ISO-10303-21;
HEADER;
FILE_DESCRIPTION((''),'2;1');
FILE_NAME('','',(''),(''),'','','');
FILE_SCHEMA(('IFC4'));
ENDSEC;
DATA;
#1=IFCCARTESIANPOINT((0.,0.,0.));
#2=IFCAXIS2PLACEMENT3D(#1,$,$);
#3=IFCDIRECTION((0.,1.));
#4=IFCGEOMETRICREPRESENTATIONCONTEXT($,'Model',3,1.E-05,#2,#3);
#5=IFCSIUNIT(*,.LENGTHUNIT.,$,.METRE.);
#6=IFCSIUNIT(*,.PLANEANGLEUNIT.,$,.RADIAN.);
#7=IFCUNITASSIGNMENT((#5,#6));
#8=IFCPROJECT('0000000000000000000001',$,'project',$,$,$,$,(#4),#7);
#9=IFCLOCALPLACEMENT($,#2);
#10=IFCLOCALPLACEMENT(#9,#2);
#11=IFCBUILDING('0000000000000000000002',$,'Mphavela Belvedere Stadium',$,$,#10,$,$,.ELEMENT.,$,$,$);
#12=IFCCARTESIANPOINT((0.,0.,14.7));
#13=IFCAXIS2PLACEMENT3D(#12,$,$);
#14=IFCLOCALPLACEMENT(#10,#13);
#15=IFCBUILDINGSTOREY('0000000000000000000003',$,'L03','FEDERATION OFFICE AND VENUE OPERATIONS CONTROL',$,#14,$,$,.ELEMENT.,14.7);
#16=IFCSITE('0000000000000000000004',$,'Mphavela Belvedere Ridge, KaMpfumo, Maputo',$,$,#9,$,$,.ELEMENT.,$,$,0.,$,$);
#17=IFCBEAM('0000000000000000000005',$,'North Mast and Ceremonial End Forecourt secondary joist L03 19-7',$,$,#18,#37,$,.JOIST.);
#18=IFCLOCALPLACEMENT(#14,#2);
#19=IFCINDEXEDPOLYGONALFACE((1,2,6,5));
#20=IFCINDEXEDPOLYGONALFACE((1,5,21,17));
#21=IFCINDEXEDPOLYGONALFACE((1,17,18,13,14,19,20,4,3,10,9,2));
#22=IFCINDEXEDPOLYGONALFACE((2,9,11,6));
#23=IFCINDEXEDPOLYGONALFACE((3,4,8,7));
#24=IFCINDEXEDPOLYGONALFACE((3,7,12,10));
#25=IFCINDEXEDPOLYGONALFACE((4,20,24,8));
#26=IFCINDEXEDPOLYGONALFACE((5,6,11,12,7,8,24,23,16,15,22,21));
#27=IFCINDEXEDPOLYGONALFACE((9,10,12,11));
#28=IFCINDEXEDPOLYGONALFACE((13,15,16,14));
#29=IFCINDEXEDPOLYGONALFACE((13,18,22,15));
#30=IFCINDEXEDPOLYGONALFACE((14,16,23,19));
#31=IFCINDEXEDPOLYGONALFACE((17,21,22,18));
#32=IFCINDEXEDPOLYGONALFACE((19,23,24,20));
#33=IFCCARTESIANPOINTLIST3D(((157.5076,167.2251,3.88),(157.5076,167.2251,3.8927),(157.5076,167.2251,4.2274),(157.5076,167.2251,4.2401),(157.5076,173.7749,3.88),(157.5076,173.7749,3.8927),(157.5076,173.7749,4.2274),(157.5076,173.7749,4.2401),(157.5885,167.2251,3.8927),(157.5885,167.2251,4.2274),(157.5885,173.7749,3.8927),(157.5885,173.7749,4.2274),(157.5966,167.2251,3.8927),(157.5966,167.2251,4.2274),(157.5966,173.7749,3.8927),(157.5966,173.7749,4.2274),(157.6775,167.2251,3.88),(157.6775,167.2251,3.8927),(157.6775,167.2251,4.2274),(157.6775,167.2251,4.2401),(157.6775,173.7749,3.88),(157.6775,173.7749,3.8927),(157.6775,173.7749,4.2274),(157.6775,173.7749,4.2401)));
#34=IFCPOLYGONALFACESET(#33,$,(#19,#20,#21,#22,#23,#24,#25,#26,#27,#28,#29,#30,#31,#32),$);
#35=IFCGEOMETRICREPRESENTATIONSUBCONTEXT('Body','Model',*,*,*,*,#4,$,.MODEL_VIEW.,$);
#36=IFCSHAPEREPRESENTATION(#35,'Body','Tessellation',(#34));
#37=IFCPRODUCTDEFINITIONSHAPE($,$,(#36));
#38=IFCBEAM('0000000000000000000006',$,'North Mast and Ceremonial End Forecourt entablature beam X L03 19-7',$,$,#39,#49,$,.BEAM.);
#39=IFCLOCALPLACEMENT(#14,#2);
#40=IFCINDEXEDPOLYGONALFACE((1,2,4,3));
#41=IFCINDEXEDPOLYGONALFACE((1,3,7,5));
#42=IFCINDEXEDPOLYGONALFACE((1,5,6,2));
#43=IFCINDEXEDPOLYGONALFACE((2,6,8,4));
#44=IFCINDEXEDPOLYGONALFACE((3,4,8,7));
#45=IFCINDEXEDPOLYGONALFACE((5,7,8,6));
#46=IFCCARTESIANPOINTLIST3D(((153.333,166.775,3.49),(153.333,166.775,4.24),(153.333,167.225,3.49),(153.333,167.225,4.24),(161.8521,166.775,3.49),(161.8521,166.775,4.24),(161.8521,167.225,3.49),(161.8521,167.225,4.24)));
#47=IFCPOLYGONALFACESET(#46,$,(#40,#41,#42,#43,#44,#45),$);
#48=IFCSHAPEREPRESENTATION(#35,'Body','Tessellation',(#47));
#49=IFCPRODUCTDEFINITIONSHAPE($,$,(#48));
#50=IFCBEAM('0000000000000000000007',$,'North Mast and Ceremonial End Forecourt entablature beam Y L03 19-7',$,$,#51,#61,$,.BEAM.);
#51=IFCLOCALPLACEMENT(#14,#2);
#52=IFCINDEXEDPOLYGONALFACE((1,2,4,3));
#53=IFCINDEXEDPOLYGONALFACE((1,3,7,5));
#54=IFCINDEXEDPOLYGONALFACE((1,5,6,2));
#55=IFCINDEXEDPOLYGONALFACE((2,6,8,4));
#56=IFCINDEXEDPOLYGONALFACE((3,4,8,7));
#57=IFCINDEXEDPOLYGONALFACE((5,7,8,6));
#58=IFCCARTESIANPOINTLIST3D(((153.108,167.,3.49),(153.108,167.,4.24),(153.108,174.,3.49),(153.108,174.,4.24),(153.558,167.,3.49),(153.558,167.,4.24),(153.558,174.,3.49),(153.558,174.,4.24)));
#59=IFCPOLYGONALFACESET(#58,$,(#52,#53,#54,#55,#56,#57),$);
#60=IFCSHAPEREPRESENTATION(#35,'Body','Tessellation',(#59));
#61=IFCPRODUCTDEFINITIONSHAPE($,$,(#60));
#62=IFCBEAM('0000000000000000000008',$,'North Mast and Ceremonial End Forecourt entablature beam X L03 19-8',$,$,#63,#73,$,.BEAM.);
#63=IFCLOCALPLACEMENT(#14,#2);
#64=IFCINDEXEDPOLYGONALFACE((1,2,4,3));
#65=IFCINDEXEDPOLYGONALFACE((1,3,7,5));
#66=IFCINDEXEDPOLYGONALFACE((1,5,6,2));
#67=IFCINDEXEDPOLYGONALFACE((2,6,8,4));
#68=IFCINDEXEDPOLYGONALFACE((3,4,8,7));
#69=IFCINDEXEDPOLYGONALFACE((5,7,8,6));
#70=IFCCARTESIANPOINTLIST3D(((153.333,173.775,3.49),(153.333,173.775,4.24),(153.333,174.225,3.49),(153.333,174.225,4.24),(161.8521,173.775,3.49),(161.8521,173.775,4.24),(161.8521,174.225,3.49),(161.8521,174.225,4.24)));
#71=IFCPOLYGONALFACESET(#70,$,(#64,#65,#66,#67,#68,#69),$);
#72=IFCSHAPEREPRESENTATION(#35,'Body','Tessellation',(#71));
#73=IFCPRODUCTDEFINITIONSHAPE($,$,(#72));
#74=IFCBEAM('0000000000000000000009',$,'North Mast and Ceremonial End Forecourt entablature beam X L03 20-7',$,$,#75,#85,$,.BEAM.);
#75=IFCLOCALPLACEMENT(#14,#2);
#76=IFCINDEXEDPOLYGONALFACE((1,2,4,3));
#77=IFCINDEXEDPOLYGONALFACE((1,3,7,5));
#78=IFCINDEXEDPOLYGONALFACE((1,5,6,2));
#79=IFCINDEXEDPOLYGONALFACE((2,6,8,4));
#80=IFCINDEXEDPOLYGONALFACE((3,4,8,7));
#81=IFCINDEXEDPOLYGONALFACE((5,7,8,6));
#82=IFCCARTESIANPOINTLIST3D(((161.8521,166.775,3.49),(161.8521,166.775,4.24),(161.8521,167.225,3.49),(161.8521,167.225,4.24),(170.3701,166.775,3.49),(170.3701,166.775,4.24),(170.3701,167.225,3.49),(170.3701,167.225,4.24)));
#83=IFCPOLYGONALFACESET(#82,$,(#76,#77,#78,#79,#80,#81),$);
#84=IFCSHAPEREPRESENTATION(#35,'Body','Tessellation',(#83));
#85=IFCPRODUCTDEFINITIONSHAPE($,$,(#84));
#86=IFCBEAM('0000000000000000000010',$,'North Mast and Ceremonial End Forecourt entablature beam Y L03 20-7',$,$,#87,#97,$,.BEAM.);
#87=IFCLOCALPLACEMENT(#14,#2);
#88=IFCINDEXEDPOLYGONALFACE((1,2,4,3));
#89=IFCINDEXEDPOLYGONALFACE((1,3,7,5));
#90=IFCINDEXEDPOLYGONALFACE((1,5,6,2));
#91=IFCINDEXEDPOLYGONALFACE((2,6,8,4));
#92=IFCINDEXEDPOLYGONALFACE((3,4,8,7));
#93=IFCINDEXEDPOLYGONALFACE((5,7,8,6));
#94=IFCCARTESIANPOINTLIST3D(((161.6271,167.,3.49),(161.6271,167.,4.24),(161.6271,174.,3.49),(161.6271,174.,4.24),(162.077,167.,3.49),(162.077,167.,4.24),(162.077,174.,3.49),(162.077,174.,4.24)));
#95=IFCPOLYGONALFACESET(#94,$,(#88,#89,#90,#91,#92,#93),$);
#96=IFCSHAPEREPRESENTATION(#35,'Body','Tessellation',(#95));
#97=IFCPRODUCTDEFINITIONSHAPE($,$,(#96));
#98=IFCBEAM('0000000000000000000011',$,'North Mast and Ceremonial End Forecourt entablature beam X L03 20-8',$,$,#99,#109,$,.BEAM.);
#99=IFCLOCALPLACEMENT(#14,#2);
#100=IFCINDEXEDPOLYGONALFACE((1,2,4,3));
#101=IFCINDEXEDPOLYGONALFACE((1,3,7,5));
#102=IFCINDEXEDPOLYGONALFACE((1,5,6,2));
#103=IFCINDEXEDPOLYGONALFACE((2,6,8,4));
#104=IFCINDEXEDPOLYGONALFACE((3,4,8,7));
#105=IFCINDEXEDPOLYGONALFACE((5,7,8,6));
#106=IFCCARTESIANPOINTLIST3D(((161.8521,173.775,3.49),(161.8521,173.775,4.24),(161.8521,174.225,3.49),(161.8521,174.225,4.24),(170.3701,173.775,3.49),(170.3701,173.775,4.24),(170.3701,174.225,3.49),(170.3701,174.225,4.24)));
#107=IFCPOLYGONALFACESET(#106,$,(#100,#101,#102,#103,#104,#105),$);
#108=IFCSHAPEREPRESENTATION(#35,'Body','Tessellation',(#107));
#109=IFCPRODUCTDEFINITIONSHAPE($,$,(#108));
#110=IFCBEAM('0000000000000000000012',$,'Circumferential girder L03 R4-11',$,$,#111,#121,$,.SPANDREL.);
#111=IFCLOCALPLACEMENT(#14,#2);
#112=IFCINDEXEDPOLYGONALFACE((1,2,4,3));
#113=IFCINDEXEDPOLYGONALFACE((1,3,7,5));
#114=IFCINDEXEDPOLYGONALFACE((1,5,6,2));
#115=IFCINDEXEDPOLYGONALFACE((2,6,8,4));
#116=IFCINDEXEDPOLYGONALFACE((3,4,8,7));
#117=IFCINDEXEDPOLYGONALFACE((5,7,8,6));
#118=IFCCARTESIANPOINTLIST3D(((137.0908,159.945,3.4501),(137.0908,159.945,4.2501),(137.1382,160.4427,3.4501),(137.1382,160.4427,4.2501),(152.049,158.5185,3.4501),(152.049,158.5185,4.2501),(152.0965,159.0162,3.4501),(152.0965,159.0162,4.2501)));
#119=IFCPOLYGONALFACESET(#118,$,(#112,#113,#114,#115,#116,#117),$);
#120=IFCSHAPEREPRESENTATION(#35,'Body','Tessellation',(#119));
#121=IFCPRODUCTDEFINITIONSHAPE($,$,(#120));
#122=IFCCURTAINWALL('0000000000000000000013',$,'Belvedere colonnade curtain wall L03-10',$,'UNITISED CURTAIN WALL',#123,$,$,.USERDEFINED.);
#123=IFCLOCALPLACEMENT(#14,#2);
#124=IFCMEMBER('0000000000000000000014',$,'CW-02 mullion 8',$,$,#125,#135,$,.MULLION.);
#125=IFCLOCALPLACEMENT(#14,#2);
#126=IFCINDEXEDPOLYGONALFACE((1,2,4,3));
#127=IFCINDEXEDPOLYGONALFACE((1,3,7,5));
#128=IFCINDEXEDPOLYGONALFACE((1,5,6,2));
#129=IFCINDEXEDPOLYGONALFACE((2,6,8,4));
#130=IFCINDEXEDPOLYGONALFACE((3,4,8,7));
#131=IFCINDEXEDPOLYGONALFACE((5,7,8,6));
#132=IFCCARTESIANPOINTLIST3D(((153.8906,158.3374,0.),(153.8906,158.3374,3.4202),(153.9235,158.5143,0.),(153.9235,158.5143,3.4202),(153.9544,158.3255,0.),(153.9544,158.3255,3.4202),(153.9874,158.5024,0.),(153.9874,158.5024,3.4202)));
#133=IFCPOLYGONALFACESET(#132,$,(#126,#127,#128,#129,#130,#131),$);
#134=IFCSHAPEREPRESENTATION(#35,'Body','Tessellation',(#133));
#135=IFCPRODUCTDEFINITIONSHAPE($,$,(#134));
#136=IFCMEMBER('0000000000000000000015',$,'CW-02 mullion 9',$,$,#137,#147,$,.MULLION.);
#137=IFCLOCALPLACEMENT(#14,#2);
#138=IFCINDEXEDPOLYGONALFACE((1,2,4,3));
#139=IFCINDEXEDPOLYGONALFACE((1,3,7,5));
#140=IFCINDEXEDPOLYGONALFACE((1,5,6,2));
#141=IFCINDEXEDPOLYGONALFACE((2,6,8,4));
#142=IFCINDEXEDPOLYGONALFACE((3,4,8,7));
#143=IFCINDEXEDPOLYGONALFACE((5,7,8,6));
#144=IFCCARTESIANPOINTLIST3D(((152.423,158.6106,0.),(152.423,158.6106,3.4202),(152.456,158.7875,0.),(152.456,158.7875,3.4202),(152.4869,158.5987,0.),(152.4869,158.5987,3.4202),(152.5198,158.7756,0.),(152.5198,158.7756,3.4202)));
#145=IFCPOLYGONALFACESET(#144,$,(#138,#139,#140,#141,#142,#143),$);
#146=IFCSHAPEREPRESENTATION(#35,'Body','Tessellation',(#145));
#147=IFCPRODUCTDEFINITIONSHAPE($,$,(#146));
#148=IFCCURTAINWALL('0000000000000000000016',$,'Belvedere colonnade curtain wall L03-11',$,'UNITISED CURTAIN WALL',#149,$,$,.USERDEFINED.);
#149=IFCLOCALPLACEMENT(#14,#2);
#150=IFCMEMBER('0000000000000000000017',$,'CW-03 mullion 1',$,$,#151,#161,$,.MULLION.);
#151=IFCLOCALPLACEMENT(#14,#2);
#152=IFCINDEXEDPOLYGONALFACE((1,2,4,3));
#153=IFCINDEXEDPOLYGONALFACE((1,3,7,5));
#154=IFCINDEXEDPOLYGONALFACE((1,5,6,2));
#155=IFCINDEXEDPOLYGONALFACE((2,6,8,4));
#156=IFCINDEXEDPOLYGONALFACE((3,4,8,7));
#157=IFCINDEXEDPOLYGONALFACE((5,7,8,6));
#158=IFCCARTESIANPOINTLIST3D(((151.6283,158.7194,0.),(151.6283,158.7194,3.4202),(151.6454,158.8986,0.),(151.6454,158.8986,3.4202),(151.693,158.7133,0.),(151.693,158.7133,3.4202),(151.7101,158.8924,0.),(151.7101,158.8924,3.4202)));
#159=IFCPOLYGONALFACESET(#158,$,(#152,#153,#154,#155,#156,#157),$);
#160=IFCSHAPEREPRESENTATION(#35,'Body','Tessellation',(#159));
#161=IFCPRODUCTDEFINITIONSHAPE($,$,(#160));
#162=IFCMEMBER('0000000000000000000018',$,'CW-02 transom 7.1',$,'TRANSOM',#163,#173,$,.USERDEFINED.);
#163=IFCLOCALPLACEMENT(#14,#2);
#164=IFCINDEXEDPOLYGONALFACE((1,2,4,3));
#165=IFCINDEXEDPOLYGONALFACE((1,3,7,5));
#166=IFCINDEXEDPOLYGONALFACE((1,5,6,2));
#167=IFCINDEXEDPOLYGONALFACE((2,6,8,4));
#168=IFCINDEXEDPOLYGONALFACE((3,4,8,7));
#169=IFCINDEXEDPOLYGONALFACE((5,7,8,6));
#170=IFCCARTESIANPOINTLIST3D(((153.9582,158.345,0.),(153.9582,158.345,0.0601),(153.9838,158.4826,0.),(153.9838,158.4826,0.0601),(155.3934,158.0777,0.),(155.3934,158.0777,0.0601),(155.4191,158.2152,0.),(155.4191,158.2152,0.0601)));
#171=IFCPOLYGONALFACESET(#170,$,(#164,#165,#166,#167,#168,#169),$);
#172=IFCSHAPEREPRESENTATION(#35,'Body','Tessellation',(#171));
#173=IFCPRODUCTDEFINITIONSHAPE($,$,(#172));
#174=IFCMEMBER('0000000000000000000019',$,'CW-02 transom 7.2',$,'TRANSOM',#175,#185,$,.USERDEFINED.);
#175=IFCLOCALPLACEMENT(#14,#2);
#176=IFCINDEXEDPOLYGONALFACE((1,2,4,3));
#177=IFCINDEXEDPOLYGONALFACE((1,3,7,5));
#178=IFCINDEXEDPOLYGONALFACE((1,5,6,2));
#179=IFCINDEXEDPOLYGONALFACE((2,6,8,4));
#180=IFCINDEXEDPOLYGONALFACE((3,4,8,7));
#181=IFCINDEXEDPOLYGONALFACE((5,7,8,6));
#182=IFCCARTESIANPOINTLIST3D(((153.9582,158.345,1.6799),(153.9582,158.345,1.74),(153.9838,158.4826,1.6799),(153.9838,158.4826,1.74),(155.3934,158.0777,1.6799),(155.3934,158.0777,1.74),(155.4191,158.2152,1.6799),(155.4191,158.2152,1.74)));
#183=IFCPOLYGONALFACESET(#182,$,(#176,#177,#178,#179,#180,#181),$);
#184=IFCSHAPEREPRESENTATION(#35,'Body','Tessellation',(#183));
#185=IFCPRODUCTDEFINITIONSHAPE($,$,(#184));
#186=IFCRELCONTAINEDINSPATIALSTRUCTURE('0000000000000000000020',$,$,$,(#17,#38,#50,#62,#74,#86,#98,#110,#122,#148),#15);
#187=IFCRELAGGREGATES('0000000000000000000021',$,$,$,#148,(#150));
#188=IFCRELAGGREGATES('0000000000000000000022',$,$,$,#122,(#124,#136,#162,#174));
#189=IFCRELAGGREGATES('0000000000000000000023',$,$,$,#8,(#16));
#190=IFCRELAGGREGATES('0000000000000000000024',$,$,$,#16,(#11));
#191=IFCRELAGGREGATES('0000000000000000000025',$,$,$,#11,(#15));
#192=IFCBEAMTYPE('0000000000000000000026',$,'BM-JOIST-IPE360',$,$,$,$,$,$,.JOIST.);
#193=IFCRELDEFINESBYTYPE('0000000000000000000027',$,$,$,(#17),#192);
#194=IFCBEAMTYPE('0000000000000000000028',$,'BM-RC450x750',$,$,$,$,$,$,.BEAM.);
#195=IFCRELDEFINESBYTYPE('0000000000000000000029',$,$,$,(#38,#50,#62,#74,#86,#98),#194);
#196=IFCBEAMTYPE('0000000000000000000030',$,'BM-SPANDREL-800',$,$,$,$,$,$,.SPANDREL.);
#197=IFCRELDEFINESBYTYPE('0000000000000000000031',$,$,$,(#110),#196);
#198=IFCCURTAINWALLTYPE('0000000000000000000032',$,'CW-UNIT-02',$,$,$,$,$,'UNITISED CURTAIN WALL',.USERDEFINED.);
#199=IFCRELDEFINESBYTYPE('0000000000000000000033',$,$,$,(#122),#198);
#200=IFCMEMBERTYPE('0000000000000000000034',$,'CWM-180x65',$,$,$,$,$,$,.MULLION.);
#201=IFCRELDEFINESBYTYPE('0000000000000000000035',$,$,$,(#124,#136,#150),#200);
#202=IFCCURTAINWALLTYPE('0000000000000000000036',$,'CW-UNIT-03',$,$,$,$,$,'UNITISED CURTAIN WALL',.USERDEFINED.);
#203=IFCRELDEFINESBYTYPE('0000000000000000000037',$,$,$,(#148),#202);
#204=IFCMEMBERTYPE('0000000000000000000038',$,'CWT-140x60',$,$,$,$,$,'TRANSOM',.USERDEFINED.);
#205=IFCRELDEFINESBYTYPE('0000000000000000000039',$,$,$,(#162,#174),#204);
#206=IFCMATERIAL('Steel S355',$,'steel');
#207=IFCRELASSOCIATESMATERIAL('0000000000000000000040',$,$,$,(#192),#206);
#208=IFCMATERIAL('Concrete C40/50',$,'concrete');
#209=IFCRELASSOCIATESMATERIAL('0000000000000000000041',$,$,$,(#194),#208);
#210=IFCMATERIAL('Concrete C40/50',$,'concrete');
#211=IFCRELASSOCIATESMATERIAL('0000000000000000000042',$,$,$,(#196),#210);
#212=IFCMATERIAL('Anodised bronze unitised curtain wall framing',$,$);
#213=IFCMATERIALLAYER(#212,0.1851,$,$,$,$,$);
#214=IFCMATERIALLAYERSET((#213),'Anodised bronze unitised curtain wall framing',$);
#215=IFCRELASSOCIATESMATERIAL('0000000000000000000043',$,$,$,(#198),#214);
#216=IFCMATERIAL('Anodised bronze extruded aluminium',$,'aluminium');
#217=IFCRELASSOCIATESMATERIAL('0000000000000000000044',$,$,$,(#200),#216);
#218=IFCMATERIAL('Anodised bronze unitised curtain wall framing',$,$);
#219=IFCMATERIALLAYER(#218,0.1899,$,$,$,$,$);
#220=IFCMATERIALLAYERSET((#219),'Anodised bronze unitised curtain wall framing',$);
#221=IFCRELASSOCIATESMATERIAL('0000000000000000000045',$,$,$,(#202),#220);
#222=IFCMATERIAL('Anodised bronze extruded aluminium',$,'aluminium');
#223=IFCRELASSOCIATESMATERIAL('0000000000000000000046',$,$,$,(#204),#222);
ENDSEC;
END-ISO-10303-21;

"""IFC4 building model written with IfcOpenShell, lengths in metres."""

from ifc_helpers import new_model, si_unit, direction, frame, origin, origin_2d, place, context, subcontext, project, spatial, rectangle, i_section, extrude, material, layer, layer_set, material_profile, profile_set, type_object, element, aggregate, save


model = new_model("IFC4")

# Units and contexts
model_context = context("Model", 3, precision=1e-05, world=origin(), true_north=direction((0.0, 1.0)))
body_context = subcontext(model_context, "Body", "Model", "MODEL_VIEW")
ifc_project = project(units=[si_unit("LENGTHUNIT", "METRE"), si_unit("PLANEANGLEUNIT", "RADIAN")], contexts=[model_context])

# Site, building, storey
site_placement = place(None, origin())
site = spatial("IfcSite", under=ifc_project, at=site_placement, Name="Mphavela Belvedere Ridge, KaMpfumo, Maputo", CompositionType="ELEMENT", RefElevation=0.0)
building_placement = place(site_placement, origin())
building = spatial("IfcBuilding", under=site, at=building_placement, Name="Mphavela Belvedere Stadium", CompositionType="ELEMENT")
storey_placement = place(building_placement, frame((0.0, 0.0, 14.7)))
storey = spatial("IfcBuildingStorey", under=building, at=storey_placement, Name="L03", Description="FEDERATION OFFICE AND VENUE OPERATIONS CONTROL", CompositionType="ELEMENT", Elevation=14.7)

# Beams
ifc_material_1 = material(Name="Steel S355", Category="steel")
ifc_material_profile_1 = material_profile(ifc_material_1, i_section(OverallWidth=0.1699, OverallDepth=0.3601, WebThickness=0.0081, FlangeThickness=0.0127, at=origin_2d()), Name="IPE 360")
ifc_profile_set_1 = profile_set([ifc_material_profile_1], Name="Steel S355")
beam_type_1 = type_object("IfcBeamType", Name="BM-JOIST-IPE360", PredefinedType="JOIST", material=ifc_profile_set_1)
beam_1_placement = place(storey_placement, frame((157.5925, 167.2251, 4.0601), z_axis=(0.0, 1.0, 0.0), x_axis=(-1.0, 0.0, 0.0)))
element("IfcBeam", 1, at=beam_1_placement, inside=storey, type_object=beam_type_1, Name="North Mast and Ceremonial End Forecourt secondary joist L03 19-7", PredefinedType="JOIST", context=body_context, shape_type="SweptSolid", body=[
    extrude(i_section(OverallWidth=0.1699, OverallDepth=0.3601, WebThickness=0.0081, FlangeThickness=0.0127, at=origin_2d()), origin(), (0.0, 0.0, 1.0), 6.5498),
])
ifc_material_2 = material(Name="Concrete C40/50", Category="concrete")
ifc_material_profile_2 = material_profile(ifc_material_2, rectangle(XDim=0.45, YDim=0.75, at=origin_2d()), Name="RC 450x750")
ifc_profile_set_2 = profile_set([ifc_material_profile_2], Name="Concrete C40/50")
beam_type_2 = type_object("IfcBeamType", Name="BM-RC450x750", PredefinedType="BEAM", material=ifc_profile_set_2)
beam_2_placement = place(storey_placement, frame((153.333, 167.0, 3.865), z_axis=(1.0, 0.0, 0.0), x_axis=(0.0, 1.0, 0.0)))
element("IfcBeam", 2, at=beam_2_placement, inside=storey, type_object=beam_type_2, Name="North Mast and Ceremonial End Forecourt entablature beam X L03 19-7", PredefinedType="BEAM", context=body_context, shape_type="SweptSolid", body=[
    extrude(rectangle(XDim=0.45, YDim=0.75, at=origin_2d()), origin(), (0.0, 0.0, 1.0), 8.519),
])
beam_3_placement = place(storey_placement, frame((153.333, 167.0, 3.865), z_axis=(0.0, 1.0, 0.0), x_axis=(-1.0, 0.0, 0.0)))
element("IfcBeam", 3, at=beam_3_placement, inside=storey, type_object=beam_type_2, Name="North Mast and Ceremonial End Forecourt entablature beam Y L03 19-7", PredefinedType="BEAM", context=body_context, shape_type="SweptSolid", body=[
    extrude(rectangle(XDim=0.45, YDim=0.75, at=origin_2d()), origin(), (0.0, 0.0, 1.0), 7.0),
])
beam_4_placement = place(storey_placement, frame((153.333, 174.0, 3.865), z_axis=(1.0, 0.0, 0.0), x_axis=(0.0, 1.0, 0.0)))
element("IfcBeam", 4, at=beam_4_placement, inside=storey, type_object=beam_type_2, Name="North Mast and Ceremonial End Forecourt entablature beam X L03 19-8", PredefinedType="BEAM", context=body_context, shape_type="SweptSolid", body=[
    extrude(rectangle(XDim=0.45, YDim=0.75, at=origin_2d()), origin(), (0.0, 0.0, 1.0), 8.519),
])
beam_5_placement = place(storey_placement, frame((161.8521, 167.0, 3.865), z_axis=(1.0, 0.0, 0.0), x_axis=(0.0, 1.0, 0.0)))
element("IfcBeam", 5, at=beam_5_placement, inside=storey, type_object=beam_type_2, Name="North Mast and Ceremonial End Forecourt entablature beam X L03 20-7", PredefinedType="BEAM", context=body_context, shape_type="SweptSolid", body=[
    extrude(rectangle(XDim=0.45, YDim=0.75, at=origin_2d()), origin(), (0.0, 0.0, 1.0), 8.5181),
])
beam_6_placement = place(storey_placement, frame((161.8521, 167.0, 3.865), z_axis=(0.0, 1.0, 0.0), x_axis=(-1.0, 0.0, 0.0)))
element("IfcBeam", 6, at=beam_6_placement, inside=storey, type_object=beam_type_2, Name="North Mast and Ceremonial End Forecourt entablature beam Y L03 20-7", PredefinedType="BEAM", context=body_context, shape_type="SweptSolid", body=[
    extrude(rectangle(XDim=0.45, YDim=0.75, at=origin_2d()), origin(), (0.0, 0.0, 1.0), 7.0),
])
beam_7_placement = place(storey_placement, frame((161.8521, 174.0, 3.865), z_axis=(1.0, 0.0, 0.0), x_axis=(0.0, 1.0, 0.0)))
element("IfcBeam", 7, at=beam_7_placement, inside=storey, type_object=beam_type_2, Name="North Mast and Ceremonial End Forecourt entablature beam X L03 20-8", PredefinedType="BEAM", context=body_context, shape_type="SweptSolid", body=[
    extrude(rectangle(XDim=0.45, YDim=0.75, at=origin_2d()), origin(), (0.0, 0.0, 1.0), 8.5181),
])
ifc_material_3 = material(Name="Concrete C40/50", Category="concrete")
ifc_material_profile_3 = material_profile(ifc_material_3, rectangle(XDim=0.5, YDim=0.8, at=origin_2d()), Name="RC 500x800")
ifc_profile_set_3 = profile_set([ifc_material_profile_3], Name="Concrete C40/50")
beam_type_3 = type_object("IfcBeamType", Name="BM-SPANDREL-800", PredefinedType="SPANDREL", material=ifc_profile_set_3)
beam_8_placement = place(storey_placement, frame((152.0728, 158.7673, 3.8501), z_axis=(-0.995483, 0.094936, 0.0), x_axis=(-0.094936, -0.995483, 0.0)))
element("IfcBeam", 8, at=beam_8_placement, inside=storey, type_object=beam_type_3, Name="Circumferential girder L03 R4-11", PredefinedType="SPANDREL", context=body_context, shape_type="SweptSolid", body=[
    extrude(rectangle(XDim=0.5, YDim=0.8, at=origin_2d()), origin(), (0.0, 0.0, 1.0), 15.0261),
])

# Curtain wall, members
ifc_material_4 = material(Name="Anodised bronze unitised curtain wall framing")
ifc_layer_1 = layer(ifc_material_4, 0.1851)
ifc_layer_set_1 = layer_set([ifc_layer_1], Name="Anodised bronze unitised curtain wall framing")
curtain_wall_type_1 = type_object("IfcCurtainWallType", Name="CW-UNIT-02", ElementType="UNITISED CURTAIN WALL", PredefinedType="USERDEFINED", material=ifc_layer_set_1)
curtain_wall_1_placement = place(storey_placement, origin())
curtain_wall_1 = element("IfcCurtainWall", 9, at=curtain_wall_1_placement, inside=storey, type_object=curtain_wall_type_1, Name="Belvedere colonnade curtain wall L03-10", ObjectType="UNITISED CURTAIN WALL", PredefinedType="USERDEFINED")
ifc_material_5 = material(Name="Anodised bronze extruded aluminium", Category="aluminium")
ifc_material_profile_4 = material_profile(ifc_material_5, rectangle(XDim=0.1799, YDim=0.0649, at=origin_2d()), Name="CW-MUL 180x65")
ifc_profile_set_4 = profile_set([ifc_material_profile_4], Name="Anodised bronze extruded aluminium")
member_type_1 = type_object("IfcMemberType", Name="CWM-180x65", PredefinedType="MULLION", material=ifc_profile_set_4)
member_1_placement = place(storey_placement, frame((153.939, 158.4199, 0.0), z_axis=(0.0, 0.0, 1.0), x_axis=(-0.183088, -0.983097, 0.0)))
member_1 = element("IfcMember", 10, at=member_1_placement, type_object=member_type_1, Name="CW-02 mullion 8", PredefinedType="MULLION", context=body_context, shape_type="SweptSolid", body=[
    extrude(rectangle(XDim=0.1799, YDim=0.0649, at=origin_2d()), origin(), (0.0, 0.0, 1.0), 3.4202),
])
member_2_placement = place(storey_placement, frame((152.4714, 158.6931, 0.0), z_axis=(0.0, 0.0, 1.0), x_axis=(-0.183088, -0.983097, 0.0)))
member_2 = element("IfcMember", 11, at=member_2_placement, type_object=member_type_1, Name="CW-02 mullion 9", PredefinedType="MULLION", context=body_context, shape_type="SweptSolid", body=[
    extrude(rectangle(XDim=0.1799, YDim=0.0649, at=origin_2d()), origin(), (0.0, 0.0, 1.0), 3.4202),
])

# Curtain wall, member
ifc_material_6 = material(Name="Anodised bronze unitised curtain wall framing")
ifc_layer_2 = layer(ifc_material_6, 0.1899)
ifc_layer_set_2 = layer_set([ifc_layer_2], Name="Anodised bronze unitised curtain wall framing")
curtain_wall_type_2 = type_object("IfcCurtainWallType", Name="CW-UNIT-03", ElementType="UNITISED CURTAIN WALL", PredefinedType="USERDEFINED", material=ifc_layer_set_2)
curtain_wall_2_placement = place(storey_placement, origin())
curtain_wall_2 = element("IfcCurtainWall", 12, at=curtain_wall_2_placement, inside=storey, type_object=curtain_wall_type_2, Name="Belvedere colonnade curtain wall L03-11", ObjectType="UNITISED CURTAIN WALL", PredefinedType="USERDEFINED")
member_3_placement = place(storey_placement, frame((151.6692, 158.8059, 0.0), z_axis=(0.0, 0.0, 1.0), x_axis=(-0.094929, -0.995484, 0.0)))
member_3 = element("IfcMember", 13, at=member_3_placement, type_object=member_type_1, Name="CW-03 mullion 1", PredefinedType="MULLION", context=body_context, shape_type="SweptSolid", body=[
    extrude(rectangle(XDim=0.1799, YDim=0.0649, at=origin_2d()), origin(), (0.0, 0.0, 1.0), 3.4202),
])
aggregate(curtain_wall_2, [member_3])

# Members
ifc_material_7 = material(Name="Anodised bronze extruded aluminium", Category="aluminium")
ifc_material_profile_5 = material_profile(ifc_material_7, rectangle(XDim=0.1399, YDim=0.0601, at=origin_2d()), Name="CW-TRN 140x60")
ifc_profile_set_5 = profile_set([ifc_material_profile_5], Name="Anodised bronze extruded aluminium")
member_type_2 = type_object("IfcMemberType", Name="CWT-140x60", ElementType="TRANSOM", PredefinedType="USERDEFINED", material=ifc_profile_set_5)
member_4_placement = place(storey_placement, frame((155.4062, 158.1465, 0.03), z_axis=(-0.983093, 0.183107, 0.0), x_axis=(-0.183107, -0.983093, 0.0)))
member_4 = element("IfcMember", 14, at=member_4_placement, type_object=member_type_2, Name="CW-02 transom 7.1", ObjectType="TRANSOM", PredefinedType="USERDEFINED", context=body_context, shape_type="SweptSolid", body=[
    extrude(rectangle(XDim=0.1399, YDim=0.0601, at=origin_2d()), origin(), (0.0, 0.0, 1.0), 1.46),
])
member_5_placement = place(storey_placement, frame((155.4062, 158.1465, 1.71), z_axis=(-0.983093, 0.183107, 0.0), x_axis=(-0.183107, -0.983093, 0.0)))
member_5 = element("IfcMember", 15, at=member_5_placement, type_object=member_type_2, Name="CW-02 transom 7.2", ObjectType="TRANSOM", PredefinedType="USERDEFINED", context=body_context, shape_type="SweptSolid", body=[
    extrude(rectangle(XDim=0.1399, YDim=0.0601, at=origin_2d()), origin(), (0.0, 0.0, 1.0), 1.46),
])

aggregate(curtain_wall_1, [member_1, member_2, member_4, member_5])

save(model, "model.ifc")
